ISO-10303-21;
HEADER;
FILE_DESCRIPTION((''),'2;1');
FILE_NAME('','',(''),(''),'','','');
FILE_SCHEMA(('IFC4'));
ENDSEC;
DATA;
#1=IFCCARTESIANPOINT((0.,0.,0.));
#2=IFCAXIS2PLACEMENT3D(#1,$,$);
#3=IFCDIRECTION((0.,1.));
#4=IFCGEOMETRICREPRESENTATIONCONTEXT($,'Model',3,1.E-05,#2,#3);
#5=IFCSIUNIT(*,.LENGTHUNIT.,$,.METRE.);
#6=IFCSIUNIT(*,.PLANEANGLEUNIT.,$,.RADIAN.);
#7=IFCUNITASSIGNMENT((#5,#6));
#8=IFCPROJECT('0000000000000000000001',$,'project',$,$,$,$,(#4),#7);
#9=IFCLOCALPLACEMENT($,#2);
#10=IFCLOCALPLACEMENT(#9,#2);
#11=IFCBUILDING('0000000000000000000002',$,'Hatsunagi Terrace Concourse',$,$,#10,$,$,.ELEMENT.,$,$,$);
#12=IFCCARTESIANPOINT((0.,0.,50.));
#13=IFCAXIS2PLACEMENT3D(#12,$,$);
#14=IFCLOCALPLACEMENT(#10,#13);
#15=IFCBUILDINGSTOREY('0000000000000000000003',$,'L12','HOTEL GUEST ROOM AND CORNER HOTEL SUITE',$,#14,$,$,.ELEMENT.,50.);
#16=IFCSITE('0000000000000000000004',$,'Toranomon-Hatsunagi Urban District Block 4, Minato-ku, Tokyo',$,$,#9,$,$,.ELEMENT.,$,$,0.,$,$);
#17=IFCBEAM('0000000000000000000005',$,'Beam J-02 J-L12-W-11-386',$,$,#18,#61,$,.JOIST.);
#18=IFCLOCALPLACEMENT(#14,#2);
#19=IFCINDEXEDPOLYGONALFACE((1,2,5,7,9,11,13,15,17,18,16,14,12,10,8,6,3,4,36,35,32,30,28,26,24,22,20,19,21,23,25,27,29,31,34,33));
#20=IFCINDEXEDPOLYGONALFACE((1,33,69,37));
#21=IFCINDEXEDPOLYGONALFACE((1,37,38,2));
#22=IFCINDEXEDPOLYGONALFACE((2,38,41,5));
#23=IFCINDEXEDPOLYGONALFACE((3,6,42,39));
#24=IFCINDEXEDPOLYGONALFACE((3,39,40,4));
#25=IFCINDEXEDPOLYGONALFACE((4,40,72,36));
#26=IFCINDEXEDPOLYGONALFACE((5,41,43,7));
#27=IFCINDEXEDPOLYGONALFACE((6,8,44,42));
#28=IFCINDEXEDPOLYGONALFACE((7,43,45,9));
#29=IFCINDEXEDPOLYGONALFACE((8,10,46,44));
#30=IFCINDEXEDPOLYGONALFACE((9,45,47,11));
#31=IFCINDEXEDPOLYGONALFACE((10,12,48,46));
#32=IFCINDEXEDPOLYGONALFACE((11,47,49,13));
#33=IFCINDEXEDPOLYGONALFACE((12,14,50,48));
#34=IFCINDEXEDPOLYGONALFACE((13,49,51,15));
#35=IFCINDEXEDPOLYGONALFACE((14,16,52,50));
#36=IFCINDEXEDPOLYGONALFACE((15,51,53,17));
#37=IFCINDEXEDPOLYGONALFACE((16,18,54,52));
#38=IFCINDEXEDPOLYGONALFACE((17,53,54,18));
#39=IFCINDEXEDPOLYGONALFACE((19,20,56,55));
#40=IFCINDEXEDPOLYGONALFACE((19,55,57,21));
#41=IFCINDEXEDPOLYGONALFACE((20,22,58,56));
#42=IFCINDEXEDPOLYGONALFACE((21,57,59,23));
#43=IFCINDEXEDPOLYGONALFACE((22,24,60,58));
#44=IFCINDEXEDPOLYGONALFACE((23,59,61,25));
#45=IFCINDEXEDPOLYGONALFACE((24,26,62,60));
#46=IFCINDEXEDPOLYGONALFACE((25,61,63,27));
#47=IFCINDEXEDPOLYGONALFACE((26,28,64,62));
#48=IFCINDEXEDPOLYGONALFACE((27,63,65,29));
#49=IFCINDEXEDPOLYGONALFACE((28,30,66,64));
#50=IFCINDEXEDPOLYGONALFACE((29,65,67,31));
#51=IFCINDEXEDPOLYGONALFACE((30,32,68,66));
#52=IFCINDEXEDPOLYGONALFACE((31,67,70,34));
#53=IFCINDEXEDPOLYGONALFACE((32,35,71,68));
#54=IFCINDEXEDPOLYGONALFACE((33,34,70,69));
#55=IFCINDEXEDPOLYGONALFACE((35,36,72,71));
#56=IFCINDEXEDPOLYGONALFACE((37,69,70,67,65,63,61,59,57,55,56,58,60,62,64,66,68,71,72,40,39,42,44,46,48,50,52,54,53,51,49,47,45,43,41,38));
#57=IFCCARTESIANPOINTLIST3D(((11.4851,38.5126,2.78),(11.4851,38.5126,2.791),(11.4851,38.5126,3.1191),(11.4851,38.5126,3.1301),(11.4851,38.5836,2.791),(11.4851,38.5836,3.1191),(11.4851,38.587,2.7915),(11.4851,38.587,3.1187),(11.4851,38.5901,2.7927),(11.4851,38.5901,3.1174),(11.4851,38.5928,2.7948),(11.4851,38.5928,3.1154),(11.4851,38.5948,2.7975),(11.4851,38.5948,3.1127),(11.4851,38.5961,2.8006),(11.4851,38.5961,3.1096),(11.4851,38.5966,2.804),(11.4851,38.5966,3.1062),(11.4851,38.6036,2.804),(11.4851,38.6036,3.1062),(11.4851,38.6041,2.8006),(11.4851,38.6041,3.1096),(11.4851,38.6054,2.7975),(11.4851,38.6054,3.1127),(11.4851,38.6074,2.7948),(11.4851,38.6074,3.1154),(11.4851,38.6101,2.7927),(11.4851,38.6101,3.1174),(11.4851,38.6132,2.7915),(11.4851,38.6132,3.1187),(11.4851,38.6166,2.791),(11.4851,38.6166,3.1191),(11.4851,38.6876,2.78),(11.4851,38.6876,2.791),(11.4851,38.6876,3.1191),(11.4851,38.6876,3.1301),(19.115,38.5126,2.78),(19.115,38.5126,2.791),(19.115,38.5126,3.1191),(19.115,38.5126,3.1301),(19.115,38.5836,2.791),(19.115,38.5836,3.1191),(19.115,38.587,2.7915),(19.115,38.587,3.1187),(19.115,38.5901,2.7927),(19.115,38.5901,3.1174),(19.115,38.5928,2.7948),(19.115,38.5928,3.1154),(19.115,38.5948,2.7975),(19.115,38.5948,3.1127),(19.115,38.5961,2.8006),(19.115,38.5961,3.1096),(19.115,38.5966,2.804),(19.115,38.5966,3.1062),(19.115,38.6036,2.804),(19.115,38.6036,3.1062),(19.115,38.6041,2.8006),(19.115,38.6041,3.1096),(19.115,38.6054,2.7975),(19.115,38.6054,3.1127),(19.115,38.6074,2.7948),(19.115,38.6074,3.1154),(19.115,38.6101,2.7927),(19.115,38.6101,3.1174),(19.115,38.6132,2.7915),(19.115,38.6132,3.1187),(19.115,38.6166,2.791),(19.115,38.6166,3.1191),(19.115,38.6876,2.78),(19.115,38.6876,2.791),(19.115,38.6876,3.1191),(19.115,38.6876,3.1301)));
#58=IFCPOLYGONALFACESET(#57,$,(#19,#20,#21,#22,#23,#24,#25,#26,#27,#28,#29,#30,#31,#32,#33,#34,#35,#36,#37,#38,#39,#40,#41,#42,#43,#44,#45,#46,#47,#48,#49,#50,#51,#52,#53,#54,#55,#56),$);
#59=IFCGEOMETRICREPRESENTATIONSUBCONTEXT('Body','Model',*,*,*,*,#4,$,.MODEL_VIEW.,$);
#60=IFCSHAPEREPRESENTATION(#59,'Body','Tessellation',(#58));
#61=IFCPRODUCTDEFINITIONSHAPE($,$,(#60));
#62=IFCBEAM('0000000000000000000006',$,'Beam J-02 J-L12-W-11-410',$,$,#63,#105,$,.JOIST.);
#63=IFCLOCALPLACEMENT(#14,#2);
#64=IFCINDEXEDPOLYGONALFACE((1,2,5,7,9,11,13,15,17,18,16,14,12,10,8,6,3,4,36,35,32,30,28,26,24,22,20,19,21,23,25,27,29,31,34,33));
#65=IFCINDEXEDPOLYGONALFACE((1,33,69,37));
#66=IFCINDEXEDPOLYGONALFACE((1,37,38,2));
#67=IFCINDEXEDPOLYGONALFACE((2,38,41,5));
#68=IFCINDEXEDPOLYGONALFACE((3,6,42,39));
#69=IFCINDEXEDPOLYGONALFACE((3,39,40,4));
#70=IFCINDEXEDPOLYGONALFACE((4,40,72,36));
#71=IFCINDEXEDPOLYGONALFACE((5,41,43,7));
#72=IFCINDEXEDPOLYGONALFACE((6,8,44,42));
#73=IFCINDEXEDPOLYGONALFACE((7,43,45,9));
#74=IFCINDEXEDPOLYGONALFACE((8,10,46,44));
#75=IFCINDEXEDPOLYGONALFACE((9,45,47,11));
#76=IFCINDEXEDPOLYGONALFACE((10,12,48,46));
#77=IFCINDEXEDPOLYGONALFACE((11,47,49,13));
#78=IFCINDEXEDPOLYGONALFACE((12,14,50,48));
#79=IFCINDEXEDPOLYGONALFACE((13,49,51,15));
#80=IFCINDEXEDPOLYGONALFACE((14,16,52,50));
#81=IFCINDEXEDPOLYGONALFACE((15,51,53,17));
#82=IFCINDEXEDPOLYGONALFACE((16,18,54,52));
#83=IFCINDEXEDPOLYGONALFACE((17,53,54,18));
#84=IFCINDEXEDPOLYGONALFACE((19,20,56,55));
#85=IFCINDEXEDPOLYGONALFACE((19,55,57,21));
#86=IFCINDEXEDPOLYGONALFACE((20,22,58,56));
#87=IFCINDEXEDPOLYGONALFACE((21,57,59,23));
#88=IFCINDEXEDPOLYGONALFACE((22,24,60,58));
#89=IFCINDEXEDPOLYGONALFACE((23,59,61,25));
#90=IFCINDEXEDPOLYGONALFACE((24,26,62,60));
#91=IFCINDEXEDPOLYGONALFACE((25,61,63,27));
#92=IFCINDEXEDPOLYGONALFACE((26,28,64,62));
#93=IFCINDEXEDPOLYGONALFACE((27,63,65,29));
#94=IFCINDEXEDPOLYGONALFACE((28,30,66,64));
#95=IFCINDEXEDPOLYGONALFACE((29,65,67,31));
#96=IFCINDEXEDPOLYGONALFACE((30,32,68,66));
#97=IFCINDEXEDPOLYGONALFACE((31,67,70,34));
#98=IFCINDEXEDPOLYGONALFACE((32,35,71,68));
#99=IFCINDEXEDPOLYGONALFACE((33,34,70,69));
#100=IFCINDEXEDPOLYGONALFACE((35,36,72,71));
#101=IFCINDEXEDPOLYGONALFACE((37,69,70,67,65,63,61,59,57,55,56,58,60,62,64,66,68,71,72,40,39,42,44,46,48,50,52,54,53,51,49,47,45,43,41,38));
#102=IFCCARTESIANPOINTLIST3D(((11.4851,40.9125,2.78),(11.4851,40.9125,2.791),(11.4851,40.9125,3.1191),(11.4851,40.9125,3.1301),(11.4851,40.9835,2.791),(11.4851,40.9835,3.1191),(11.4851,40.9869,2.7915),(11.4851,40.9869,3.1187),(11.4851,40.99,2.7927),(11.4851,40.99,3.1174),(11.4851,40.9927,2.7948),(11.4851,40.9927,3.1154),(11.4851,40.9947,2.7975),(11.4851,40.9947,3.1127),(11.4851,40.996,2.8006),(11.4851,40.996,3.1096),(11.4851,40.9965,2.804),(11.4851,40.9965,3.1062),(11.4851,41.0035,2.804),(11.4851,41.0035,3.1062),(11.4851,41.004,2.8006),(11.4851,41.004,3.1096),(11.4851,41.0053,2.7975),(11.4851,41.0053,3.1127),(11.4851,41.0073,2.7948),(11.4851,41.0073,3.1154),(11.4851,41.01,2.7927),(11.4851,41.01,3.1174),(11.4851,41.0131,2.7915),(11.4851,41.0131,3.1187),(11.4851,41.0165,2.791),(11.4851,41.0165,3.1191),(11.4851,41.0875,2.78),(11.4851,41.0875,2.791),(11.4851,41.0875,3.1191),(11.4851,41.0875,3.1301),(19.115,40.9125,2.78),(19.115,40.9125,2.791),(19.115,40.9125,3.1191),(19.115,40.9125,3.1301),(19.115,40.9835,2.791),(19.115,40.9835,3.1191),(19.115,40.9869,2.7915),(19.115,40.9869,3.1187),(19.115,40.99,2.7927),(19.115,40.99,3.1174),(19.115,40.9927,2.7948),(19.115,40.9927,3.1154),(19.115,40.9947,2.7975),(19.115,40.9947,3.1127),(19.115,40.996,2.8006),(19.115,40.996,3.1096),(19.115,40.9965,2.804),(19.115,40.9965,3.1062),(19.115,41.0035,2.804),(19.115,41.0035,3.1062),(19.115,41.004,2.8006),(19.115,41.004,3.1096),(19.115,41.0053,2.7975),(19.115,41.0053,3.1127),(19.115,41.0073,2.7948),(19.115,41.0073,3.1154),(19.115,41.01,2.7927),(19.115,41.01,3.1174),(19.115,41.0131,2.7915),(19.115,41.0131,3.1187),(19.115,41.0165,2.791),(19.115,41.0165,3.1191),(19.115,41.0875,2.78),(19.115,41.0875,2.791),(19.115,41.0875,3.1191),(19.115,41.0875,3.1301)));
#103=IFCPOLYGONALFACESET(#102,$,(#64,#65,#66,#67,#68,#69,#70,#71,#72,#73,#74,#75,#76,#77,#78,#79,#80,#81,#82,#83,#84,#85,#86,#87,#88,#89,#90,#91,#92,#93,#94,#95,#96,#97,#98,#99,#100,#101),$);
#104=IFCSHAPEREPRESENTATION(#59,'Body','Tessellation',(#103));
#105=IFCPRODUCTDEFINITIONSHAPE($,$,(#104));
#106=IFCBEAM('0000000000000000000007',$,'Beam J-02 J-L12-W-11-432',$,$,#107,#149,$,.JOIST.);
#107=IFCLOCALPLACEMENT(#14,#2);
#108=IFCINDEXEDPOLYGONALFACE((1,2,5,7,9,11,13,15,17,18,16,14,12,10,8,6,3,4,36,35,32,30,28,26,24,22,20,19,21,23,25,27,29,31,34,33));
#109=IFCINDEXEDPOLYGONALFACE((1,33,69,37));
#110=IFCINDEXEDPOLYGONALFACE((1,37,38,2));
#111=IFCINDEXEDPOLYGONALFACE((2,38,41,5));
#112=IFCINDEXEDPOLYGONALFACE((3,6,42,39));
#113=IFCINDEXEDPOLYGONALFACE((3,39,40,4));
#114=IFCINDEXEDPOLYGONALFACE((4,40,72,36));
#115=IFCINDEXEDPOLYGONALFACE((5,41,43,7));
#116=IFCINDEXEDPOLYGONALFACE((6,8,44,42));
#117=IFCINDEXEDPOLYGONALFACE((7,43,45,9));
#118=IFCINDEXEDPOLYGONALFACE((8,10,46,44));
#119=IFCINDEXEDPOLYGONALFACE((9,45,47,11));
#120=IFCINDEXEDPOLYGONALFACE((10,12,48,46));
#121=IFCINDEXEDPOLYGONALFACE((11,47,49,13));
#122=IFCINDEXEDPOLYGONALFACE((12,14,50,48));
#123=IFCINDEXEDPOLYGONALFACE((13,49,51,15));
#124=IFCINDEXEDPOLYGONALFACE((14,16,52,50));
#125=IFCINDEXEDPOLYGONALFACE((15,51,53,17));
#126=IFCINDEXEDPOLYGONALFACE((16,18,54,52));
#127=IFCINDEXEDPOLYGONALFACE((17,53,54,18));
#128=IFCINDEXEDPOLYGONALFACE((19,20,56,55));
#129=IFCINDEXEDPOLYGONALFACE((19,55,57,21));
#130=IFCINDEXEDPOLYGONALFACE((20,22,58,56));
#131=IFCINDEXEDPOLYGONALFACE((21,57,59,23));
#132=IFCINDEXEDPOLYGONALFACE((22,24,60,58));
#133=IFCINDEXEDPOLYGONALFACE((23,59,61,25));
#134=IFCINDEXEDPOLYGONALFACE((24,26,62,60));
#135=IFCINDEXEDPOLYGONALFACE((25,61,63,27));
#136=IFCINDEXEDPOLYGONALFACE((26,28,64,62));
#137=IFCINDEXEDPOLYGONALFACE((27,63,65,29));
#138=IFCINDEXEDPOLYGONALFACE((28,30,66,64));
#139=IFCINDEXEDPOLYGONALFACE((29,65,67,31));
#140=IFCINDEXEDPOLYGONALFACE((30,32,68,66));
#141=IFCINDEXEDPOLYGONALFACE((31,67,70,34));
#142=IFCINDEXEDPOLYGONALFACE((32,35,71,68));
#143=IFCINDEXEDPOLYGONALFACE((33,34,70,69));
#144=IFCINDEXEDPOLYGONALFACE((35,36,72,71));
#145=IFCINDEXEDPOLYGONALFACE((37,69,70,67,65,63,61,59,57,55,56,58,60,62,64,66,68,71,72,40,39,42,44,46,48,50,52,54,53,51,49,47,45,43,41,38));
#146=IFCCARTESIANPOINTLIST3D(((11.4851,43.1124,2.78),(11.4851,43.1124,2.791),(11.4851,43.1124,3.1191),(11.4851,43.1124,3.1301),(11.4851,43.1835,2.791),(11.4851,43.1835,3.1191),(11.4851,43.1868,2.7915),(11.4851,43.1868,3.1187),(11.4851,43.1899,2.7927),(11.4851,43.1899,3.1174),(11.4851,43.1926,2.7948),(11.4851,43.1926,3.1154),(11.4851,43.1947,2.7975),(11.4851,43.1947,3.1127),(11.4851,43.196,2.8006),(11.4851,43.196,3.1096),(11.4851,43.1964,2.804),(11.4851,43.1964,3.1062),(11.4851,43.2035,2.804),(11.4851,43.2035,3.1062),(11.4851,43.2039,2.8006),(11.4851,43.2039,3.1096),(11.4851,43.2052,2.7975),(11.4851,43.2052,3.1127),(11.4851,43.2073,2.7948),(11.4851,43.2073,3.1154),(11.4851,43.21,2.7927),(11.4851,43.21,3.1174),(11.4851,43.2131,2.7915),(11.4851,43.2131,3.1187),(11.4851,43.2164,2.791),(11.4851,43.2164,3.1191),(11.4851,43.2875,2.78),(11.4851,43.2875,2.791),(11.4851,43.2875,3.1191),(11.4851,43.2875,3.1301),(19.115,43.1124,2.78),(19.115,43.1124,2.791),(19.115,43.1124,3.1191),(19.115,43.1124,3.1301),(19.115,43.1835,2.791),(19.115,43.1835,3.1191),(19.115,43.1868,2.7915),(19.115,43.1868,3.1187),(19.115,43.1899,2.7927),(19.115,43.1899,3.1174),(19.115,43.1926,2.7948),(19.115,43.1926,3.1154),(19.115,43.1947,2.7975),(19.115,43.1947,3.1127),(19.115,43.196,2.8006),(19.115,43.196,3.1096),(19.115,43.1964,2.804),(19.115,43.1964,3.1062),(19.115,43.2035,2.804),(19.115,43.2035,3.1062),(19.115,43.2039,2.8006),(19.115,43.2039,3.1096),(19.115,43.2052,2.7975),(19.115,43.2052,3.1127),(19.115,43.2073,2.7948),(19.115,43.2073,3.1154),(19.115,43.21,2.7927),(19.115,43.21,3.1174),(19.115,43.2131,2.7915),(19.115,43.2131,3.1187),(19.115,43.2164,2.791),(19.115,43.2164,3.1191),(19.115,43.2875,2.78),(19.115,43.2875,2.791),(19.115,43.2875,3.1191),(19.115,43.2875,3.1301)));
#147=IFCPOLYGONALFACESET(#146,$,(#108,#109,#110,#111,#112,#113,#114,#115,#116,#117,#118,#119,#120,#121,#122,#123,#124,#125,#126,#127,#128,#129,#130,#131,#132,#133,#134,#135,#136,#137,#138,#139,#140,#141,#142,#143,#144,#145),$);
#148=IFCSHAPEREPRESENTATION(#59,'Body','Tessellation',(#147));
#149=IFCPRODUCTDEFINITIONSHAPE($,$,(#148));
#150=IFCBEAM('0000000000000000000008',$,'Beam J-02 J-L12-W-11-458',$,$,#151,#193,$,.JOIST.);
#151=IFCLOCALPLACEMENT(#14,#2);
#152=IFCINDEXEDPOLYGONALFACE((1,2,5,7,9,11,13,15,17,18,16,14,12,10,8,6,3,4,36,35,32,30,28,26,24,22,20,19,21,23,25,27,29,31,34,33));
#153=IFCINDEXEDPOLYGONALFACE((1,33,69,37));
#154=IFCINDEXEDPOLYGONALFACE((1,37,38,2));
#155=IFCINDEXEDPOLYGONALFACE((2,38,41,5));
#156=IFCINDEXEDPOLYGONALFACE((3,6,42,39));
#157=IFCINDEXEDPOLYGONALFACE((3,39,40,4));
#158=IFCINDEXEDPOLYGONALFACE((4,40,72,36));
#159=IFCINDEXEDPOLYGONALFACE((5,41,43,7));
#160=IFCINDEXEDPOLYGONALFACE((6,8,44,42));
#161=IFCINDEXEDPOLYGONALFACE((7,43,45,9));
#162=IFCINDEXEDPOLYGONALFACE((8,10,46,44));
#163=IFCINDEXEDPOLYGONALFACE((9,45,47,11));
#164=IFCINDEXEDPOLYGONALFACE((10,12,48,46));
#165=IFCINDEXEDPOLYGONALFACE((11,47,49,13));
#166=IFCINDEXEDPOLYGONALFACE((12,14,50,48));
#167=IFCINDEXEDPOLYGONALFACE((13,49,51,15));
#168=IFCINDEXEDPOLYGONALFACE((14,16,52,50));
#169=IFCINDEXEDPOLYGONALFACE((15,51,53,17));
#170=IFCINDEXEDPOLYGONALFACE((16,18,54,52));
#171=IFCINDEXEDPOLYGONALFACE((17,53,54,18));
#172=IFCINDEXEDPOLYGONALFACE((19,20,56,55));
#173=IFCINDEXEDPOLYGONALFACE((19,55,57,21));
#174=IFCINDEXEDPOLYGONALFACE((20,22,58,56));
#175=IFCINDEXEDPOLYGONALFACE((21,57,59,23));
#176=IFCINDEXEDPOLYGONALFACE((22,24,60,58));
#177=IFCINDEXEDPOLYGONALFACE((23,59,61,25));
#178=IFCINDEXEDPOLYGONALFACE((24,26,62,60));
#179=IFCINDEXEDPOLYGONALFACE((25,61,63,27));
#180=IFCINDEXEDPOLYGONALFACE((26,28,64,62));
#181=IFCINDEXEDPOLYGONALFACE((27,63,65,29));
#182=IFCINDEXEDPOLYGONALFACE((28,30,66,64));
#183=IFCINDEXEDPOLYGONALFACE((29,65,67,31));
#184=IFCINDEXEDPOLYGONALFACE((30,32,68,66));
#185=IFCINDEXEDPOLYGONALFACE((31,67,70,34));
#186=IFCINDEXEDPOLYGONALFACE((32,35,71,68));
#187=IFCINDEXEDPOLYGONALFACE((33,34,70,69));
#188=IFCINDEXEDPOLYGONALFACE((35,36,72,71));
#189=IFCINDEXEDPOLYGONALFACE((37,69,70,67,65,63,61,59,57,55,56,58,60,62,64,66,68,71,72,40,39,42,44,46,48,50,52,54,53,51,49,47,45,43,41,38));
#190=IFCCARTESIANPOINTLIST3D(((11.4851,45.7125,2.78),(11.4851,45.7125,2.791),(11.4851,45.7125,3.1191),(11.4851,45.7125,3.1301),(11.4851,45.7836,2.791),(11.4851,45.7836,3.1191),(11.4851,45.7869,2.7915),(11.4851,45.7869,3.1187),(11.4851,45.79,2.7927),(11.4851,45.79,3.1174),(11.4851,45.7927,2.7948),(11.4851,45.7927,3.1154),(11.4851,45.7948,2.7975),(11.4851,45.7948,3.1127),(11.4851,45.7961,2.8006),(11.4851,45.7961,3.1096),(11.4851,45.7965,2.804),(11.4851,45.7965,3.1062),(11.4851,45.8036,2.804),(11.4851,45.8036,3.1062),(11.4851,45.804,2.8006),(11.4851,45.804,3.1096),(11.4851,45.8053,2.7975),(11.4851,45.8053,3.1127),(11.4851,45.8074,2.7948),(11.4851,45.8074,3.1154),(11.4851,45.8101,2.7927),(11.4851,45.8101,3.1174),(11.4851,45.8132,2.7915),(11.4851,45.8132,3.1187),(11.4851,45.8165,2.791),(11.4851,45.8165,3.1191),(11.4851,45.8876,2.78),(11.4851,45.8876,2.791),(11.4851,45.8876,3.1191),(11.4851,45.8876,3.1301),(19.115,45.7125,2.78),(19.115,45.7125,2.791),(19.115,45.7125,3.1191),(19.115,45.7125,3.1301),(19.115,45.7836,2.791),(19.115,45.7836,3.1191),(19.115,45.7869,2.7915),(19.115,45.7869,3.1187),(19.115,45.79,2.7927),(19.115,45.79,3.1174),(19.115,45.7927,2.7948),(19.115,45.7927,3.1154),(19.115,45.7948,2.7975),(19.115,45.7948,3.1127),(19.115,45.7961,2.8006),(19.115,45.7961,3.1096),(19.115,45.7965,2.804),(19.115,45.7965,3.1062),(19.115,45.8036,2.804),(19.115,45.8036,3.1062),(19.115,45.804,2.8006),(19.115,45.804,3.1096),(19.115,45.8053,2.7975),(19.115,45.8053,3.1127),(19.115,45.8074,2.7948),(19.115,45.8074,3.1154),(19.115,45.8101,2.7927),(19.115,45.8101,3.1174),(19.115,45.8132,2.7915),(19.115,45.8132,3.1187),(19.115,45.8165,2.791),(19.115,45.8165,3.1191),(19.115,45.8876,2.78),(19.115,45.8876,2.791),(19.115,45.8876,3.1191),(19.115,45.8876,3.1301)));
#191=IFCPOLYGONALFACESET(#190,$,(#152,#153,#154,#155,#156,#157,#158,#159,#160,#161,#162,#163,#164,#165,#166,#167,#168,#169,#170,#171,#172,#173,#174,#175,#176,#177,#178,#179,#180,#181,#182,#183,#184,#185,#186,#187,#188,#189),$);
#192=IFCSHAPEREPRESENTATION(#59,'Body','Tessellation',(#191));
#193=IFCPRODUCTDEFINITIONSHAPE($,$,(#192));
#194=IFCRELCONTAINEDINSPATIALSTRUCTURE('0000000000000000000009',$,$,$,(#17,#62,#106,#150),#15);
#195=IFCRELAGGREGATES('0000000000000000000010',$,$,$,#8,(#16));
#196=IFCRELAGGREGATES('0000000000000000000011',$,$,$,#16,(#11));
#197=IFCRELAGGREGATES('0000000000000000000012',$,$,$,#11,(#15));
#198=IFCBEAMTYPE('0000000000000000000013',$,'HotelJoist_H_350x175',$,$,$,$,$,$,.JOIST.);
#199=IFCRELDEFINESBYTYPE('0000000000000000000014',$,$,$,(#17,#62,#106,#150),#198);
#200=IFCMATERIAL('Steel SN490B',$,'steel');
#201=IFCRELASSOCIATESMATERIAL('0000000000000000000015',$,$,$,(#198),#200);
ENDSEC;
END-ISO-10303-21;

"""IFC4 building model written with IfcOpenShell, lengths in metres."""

from ifc_helpers import new_model, si_unit, direction, frame, origin, origin_2d, place, context, subcontext, project, spatial, i_section, extrude, material, material_profile, profile_set, type_object, element, save


model = new_model("IFC4")

# Units and contexts
model_context = context("Model", 3, precision=1e-05, world=origin(), true_north=direction((0.0, 1.0)))
body_context = subcontext(model_context, "Body", "Model", "MODEL_VIEW")
ifc_project = project(units=[si_unit("LENGTHUNIT", "METRE"), si_unit("PLANEANGLEUNIT", "RADIAN")], contexts=[model_context])

# Site, building, storey
site_placement = place(None, origin())
site = spatial("IfcSite", under=ifc_project, at=site_placement, Name="Toranomon-Hatsunagi Urban District Block 4, Minato-ku, Tokyo", CompositionType="ELEMENT", RefElevation=0.0)
building_placement = place(site_placement, origin())
building = spatial("IfcBuilding", under=site, at=building_placement, Name="Hatsunagi Terrace Concourse", CompositionType="ELEMENT")
storey_placement = place(building_placement, frame((0.0, 0.0, 50.0)))
storey = spatial("IfcBuildingStorey", under=building, at=storey_placement, Name="L12", Description="HOTEL GUEST ROOM AND CORNER HOTEL SUITE", CompositionType="ELEMENT", Elevation=50.0)

# Beams
ifc_material_1 = material(Name="Steel SN490B", Category="steel")
ifc_material_profile_1 = material_profile(ifc_material_1, i_section(OverallWidth=0.175, OverallDepth=0.3501, WebThickness=0.0071, FlangeThickness=0.011, FilletRadius=0.0129, at=origin_2d()), Name="H-350x175x7x11")
ifc_profile_set_1 = profile_set([ifc_material_profile_1], Name="Steel SN490B")
beam_type_1 = type_object("IfcBeamType", Name="HotelJoist_H_350x175", PredefinedType="JOIST", material=ifc_profile_set_1)
for number, where, z_axis, x_axis, name in (
    (1, (11.4851, 38.6001, 2.9551), (1.0, 0.0, 0.0), (0.0, 1.0, 0.0), "Beam J-02 J-L12-W-11-386"),
    (2, (11.4851, 41.0, 2.9551), (1.0, 0.0, 0.0), (0.0, 1.0, 0.0), "Beam J-02 J-L12-W-11-410"),
    (3, (11.4851, 43.2, 2.9551), (1.0, 0.0, 0.0), (0.0, 1.0, 0.0), "Beam J-02 J-L12-W-11-432"),
    (4, (11.4851, 45.8, 2.9551), (1.0, 0.0, 0.0), (0.0, 1.0, 0.0), "Beam J-02 J-L12-W-11-458"),
):
    element("IfcBeam", number, at=place(storey_placement, frame(where, z_axis=z_axis, x_axis=x_axis)), inside=storey, type_object=beam_type_1, Name=name, PredefinedType="JOIST", context=body_context, shape_type="SweptSolid", body=[
        extrude(i_section(OverallWidth=0.175, OverallDepth=0.3501, WebThickness=0.0071, FlangeThickness=0.011, FilletRadius=0.0129, at=origin_2d()), origin(), (0.0, 0.0, 1.0), 7.6299),
    ])

save(model, "model.ifc")
